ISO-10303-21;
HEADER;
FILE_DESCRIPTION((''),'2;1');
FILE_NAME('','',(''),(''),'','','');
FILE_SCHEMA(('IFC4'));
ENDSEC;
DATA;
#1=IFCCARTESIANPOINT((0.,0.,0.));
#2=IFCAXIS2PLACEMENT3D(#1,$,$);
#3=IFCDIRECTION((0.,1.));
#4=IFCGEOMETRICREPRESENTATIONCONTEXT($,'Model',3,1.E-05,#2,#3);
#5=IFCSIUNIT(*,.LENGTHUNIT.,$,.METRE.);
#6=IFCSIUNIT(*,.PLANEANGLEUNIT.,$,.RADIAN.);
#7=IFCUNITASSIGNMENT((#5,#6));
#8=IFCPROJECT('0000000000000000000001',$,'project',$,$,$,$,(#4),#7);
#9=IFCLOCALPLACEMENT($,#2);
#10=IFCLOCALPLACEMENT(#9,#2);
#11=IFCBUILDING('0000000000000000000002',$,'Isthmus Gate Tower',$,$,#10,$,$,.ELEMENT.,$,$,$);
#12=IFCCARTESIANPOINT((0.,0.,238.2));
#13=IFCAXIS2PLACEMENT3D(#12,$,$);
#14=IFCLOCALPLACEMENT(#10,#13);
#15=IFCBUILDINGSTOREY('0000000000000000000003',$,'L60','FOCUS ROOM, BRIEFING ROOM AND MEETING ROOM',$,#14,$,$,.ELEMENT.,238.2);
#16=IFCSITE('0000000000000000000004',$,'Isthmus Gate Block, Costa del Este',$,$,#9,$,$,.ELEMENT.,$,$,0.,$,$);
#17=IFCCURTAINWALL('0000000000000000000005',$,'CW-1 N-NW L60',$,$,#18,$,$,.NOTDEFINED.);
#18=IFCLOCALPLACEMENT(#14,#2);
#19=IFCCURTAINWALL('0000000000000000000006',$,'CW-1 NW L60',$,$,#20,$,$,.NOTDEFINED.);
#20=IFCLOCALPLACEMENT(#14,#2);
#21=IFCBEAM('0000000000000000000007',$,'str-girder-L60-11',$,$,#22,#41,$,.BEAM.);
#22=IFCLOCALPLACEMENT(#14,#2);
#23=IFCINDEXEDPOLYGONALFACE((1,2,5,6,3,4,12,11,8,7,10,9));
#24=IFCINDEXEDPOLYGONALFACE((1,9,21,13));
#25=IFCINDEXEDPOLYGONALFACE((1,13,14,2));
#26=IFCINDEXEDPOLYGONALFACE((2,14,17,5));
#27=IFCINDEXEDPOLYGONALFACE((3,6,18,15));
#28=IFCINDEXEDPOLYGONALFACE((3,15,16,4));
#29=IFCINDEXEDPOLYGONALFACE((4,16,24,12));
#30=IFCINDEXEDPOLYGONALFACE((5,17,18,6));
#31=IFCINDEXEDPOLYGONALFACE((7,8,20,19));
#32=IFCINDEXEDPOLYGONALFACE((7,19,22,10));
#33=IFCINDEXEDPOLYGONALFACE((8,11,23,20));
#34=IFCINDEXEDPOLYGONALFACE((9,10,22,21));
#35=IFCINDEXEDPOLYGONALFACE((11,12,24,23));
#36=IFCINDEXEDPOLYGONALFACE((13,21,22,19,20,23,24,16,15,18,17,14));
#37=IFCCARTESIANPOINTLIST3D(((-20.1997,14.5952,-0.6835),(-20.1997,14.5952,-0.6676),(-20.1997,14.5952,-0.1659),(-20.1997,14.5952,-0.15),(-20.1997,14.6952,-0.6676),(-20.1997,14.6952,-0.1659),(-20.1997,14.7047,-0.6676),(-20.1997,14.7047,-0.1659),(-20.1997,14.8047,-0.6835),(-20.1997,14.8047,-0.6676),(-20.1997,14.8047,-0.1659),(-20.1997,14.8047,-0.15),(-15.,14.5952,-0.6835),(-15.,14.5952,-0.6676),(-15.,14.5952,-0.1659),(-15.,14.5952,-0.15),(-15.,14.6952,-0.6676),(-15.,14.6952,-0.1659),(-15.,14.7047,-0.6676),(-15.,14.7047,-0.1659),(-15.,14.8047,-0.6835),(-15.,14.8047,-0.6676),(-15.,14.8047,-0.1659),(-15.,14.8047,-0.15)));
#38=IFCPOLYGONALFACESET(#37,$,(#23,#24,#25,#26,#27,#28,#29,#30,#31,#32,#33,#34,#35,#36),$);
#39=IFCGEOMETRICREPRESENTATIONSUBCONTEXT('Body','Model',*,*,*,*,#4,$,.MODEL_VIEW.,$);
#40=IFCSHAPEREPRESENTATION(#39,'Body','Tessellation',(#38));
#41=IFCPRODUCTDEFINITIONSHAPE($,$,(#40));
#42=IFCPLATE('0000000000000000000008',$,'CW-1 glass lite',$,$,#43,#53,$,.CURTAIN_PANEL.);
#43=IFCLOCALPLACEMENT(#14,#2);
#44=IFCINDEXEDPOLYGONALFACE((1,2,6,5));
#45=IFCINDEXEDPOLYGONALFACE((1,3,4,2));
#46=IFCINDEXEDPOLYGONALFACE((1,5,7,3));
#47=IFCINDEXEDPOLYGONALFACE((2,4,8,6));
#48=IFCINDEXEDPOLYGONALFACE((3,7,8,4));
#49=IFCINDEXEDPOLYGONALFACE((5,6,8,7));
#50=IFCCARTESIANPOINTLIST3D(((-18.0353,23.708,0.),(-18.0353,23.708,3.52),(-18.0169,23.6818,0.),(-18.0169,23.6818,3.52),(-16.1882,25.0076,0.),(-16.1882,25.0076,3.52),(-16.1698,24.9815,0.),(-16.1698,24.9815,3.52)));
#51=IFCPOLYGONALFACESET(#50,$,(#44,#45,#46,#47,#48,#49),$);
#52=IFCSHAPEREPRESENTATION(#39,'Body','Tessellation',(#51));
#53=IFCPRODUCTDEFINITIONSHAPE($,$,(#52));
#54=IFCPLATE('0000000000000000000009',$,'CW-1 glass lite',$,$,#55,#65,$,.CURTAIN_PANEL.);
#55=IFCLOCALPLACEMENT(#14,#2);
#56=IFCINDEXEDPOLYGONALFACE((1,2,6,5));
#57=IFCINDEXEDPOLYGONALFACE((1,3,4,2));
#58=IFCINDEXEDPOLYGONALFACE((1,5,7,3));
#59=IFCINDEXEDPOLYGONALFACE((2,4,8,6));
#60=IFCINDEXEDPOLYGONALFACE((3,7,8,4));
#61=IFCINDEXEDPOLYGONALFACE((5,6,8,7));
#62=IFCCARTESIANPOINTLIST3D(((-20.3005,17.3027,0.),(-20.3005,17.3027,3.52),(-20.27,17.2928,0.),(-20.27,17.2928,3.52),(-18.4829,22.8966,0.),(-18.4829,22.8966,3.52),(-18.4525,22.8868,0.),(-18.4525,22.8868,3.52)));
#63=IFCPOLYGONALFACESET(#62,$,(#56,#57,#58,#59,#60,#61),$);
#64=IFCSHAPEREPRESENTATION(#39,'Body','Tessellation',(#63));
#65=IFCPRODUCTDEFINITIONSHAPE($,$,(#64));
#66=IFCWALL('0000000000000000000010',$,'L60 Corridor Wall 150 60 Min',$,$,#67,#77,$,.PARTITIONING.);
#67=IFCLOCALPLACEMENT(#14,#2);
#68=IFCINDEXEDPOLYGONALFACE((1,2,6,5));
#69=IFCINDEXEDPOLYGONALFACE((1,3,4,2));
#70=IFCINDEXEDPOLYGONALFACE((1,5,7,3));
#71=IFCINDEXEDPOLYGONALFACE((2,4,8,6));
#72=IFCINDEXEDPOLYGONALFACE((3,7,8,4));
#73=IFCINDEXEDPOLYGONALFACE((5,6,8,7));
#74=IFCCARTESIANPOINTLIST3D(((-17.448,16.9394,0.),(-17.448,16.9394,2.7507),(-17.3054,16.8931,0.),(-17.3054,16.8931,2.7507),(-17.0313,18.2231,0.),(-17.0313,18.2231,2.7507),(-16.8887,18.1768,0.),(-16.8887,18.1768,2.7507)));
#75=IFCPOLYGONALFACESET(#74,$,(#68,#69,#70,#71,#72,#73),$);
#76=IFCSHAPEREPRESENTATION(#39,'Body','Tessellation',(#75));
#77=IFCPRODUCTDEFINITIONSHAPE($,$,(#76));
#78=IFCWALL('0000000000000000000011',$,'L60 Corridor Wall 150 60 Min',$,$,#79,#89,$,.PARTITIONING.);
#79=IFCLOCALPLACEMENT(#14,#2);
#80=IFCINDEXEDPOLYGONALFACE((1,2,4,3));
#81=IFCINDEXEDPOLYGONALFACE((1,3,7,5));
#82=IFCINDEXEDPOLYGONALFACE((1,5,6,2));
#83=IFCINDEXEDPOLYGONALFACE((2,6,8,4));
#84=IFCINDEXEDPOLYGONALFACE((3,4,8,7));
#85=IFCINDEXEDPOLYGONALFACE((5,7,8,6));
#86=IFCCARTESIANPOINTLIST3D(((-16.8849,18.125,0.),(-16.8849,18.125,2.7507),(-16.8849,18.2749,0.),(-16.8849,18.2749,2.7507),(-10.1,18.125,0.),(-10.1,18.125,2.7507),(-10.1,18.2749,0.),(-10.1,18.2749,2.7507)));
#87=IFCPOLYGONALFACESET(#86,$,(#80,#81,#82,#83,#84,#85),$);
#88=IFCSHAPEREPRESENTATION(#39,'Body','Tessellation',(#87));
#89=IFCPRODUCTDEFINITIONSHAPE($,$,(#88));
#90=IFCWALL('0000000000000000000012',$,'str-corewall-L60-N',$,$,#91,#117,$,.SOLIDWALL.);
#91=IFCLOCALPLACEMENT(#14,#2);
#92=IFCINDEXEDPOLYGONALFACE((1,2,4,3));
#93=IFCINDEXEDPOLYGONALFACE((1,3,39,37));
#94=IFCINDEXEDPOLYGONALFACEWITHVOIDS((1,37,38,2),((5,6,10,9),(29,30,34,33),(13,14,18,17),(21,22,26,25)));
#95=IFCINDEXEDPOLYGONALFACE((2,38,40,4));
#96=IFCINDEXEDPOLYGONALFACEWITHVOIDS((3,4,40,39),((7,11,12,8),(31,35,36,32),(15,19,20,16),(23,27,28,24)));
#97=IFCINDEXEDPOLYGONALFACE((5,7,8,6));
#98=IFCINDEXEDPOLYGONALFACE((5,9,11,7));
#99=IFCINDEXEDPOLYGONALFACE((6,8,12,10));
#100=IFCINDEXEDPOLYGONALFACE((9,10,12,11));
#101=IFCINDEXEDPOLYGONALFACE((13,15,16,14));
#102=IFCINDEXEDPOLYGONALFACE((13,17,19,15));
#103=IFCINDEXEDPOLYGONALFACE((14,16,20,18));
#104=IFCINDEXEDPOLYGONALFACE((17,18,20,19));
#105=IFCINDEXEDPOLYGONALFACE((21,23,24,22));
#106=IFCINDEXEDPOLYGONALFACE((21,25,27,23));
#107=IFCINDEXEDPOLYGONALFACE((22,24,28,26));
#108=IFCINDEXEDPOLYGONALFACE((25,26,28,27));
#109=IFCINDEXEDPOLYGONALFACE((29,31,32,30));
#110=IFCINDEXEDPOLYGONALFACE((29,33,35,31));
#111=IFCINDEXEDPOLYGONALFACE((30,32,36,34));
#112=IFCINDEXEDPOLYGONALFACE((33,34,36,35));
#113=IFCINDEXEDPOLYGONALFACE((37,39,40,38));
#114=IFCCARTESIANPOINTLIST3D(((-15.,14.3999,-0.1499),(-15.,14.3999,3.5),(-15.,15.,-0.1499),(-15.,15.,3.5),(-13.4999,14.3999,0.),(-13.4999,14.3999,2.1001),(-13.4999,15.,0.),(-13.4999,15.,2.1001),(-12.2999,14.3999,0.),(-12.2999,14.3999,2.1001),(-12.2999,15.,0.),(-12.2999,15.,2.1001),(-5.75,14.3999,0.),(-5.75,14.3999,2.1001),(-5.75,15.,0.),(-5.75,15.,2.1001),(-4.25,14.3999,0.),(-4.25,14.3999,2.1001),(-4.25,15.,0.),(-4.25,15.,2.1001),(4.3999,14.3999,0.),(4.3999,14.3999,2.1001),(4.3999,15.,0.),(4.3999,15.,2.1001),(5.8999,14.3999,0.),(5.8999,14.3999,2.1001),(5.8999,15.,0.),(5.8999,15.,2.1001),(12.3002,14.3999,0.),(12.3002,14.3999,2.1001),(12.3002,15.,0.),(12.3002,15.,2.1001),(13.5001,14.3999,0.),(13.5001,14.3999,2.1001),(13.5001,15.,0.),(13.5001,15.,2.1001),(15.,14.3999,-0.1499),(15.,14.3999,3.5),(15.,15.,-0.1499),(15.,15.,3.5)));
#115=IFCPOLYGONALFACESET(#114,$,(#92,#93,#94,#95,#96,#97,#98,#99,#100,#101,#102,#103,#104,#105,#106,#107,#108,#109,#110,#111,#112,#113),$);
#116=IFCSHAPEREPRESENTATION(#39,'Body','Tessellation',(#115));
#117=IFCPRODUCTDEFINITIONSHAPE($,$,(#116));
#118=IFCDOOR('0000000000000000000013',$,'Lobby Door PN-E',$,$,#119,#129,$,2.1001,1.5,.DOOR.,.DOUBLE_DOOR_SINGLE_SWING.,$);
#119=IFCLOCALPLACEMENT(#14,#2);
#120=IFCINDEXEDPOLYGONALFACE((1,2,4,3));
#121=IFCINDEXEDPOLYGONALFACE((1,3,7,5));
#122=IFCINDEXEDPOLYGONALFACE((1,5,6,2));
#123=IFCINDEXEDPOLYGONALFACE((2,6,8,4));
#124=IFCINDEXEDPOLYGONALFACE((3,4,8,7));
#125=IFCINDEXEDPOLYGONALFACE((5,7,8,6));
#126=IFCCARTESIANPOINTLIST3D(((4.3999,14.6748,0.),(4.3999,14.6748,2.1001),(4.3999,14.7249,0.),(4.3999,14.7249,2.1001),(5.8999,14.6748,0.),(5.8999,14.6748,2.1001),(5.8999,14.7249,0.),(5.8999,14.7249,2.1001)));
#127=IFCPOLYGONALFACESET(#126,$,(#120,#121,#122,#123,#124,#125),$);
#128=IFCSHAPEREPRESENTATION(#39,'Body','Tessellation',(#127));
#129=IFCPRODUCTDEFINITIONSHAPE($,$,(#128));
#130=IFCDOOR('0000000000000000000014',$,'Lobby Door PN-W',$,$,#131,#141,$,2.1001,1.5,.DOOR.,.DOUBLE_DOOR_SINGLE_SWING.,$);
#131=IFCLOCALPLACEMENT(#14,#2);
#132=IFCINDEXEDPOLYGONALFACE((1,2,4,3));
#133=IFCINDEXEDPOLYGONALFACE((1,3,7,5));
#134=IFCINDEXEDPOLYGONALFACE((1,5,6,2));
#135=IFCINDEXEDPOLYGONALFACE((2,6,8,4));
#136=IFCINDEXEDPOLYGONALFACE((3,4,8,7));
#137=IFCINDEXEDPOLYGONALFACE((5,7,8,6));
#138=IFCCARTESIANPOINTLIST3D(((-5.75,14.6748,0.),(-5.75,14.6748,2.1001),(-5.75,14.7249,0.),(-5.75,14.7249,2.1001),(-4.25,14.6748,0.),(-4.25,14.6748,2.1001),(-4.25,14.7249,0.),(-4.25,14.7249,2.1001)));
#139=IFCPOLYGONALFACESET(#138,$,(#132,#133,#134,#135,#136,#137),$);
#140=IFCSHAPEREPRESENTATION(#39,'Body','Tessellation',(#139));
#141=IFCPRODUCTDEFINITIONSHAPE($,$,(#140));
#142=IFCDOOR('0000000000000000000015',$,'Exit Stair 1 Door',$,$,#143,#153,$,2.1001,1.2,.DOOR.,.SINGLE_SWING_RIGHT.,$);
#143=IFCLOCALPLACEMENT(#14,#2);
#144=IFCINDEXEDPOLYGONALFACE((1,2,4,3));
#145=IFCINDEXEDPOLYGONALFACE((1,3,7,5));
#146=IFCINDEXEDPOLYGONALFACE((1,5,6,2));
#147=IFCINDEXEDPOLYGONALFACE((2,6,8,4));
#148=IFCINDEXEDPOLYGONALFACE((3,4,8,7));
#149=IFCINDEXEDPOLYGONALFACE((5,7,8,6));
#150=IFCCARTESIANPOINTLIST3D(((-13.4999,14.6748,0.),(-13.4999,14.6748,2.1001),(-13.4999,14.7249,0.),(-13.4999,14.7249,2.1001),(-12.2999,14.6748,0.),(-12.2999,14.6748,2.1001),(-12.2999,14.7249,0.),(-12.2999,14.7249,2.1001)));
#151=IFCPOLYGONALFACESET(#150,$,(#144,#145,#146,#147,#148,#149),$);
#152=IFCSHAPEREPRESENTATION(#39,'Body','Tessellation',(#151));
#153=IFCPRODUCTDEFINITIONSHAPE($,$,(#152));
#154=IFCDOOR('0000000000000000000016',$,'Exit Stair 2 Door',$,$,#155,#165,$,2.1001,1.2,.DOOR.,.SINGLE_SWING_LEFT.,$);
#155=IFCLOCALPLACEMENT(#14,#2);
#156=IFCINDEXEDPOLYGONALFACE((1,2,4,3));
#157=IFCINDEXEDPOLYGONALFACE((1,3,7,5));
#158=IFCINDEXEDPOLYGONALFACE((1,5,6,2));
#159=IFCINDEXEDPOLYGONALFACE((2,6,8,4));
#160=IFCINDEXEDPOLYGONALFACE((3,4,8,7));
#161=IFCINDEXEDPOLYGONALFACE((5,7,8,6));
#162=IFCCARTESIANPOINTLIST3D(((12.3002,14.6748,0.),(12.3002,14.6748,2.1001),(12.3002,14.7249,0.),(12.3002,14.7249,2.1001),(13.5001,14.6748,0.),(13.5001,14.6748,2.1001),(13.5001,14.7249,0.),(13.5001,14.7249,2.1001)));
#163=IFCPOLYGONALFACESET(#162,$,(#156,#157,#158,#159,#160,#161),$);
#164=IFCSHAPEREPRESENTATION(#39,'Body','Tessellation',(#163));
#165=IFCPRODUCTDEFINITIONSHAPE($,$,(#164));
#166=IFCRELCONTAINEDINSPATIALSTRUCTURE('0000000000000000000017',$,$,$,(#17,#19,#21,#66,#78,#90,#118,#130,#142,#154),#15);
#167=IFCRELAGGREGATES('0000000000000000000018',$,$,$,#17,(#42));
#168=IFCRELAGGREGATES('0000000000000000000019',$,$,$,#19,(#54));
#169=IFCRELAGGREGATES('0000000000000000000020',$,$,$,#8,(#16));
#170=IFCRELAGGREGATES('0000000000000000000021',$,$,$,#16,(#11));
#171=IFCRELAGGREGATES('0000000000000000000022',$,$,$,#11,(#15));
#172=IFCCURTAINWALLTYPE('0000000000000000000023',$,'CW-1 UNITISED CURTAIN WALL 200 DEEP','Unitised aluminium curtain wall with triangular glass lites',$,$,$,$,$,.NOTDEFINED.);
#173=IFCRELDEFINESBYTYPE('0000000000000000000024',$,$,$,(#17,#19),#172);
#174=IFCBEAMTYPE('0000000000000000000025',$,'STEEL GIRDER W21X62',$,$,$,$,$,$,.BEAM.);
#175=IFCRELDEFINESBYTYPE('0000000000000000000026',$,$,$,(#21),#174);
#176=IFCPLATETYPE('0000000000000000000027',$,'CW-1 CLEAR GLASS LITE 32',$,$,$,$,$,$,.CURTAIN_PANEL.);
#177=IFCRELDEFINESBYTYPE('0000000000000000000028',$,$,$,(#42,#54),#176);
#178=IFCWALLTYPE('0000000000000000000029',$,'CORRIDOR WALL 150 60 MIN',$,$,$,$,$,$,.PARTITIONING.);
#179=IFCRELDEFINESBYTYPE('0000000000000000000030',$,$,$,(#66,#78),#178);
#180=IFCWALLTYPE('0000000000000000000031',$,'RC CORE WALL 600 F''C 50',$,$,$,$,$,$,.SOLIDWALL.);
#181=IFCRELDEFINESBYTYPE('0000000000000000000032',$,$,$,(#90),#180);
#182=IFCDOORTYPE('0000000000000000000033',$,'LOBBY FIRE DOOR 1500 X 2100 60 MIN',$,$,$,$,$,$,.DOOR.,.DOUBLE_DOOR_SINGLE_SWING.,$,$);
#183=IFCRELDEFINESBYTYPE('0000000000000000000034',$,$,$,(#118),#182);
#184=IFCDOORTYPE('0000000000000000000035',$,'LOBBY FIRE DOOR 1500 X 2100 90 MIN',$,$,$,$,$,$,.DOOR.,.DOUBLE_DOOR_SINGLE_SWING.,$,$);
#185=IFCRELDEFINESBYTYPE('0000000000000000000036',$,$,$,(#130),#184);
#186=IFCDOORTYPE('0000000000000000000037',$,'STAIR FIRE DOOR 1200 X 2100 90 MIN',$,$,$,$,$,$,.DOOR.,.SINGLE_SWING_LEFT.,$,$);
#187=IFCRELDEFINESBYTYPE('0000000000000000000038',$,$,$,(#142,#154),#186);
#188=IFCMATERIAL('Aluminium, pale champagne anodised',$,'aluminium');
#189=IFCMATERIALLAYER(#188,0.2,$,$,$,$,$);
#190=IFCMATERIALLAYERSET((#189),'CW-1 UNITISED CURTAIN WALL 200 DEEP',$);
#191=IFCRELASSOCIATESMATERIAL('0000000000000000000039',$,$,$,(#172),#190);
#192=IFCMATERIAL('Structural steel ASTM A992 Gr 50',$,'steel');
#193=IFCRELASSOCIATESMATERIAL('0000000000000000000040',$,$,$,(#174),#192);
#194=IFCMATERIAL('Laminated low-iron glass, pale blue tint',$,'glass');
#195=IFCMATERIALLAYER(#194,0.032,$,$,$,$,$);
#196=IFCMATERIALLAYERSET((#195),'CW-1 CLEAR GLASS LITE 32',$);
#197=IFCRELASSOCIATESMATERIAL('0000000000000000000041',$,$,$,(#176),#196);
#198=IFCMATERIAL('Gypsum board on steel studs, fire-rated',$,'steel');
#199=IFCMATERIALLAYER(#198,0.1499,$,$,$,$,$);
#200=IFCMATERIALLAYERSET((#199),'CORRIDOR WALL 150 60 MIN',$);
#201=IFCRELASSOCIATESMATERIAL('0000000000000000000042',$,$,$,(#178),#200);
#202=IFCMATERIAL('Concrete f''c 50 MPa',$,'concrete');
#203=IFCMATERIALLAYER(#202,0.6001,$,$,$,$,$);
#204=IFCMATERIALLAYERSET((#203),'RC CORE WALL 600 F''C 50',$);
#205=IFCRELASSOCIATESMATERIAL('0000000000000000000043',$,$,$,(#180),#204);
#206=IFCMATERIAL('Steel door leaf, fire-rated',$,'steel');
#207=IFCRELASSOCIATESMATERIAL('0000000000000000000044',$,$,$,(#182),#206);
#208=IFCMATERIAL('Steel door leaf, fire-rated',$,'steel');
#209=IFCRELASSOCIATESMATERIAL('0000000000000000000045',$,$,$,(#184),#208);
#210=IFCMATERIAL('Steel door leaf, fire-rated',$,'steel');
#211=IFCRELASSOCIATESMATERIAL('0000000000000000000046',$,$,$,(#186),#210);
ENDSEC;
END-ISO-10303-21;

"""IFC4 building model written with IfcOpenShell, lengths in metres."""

from ifc_helpers import new_model, si_unit, direction, frame, frame_2d, origin, origin_2d, place, context, subcontext, project, spatial, rectangle, i_section, extrude, material, layer, layer_set, material_profile, profile_set, type_object, element, fill, aggregate, save


model = new_model("IFC4")

# Units and contexts
model_context = context("Model", 3, precision=1e-05, world=origin(), true_north=direction((0.0, 1.0)))
body_context = subcontext(model_context, "Body", "Model", "MODEL_VIEW")
ifc_project = project(units=[si_unit("LENGTHUNIT", "METRE"), si_unit("PLANEANGLEUNIT", "RADIAN")], contexts=[model_context])

# Site, building, storey
site_placement = place(None, origin())
site = spatial("IfcSite", under=ifc_project, at=site_placement, Name="Isthmus Gate Block, Costa del Este", CompositionType="ELEMENT", RefElevation=0.0)
building_placement = place(site_placement, origin())
building = spatial("IfcBuilding", under=site, at=building_placement, Name="Isthmus Gate Tower", CompositionType="ELEMENT")
storey_placement = place(building_placement, frame((0.0, 0.0, 238.2)))
storey = spatial("IfcBuildingStorey", under=building, at=storey_placement, Name="L60", Description="FOCUS ROOM, BRIEFING ROOM AND MEETING ROOM", CompositionType="ELEMENT", Elevation=238.2)

# Curtain walls
ifc_material_1 = material(Name="Aluminium, pale champagne anodised", Category="aluminium")
ifc_layer_1 = layer(ifc_material_1, 0.2)
ifc_layer_set_1 = layer_set([ifc_layer_1], Name="CW-1 UNITISED CURTAIN WALL 200 DEEP")
curtain_wall_type = type_object("IfcCurtainWallType", Name="CW-1 UNITISED CURTAIN WALL 200 DEEP", Description="Unitised aluminium curtain wall with triangular glass lites", PredefinedType="NOTDEFINED", material=ifc_layer_set_1)
curtain_wall_1_placement = place(storey_placement, origin())
curtain_wall_1 = element("IfcCurtainWall", 1, at=curtain_wall_1_placement, inside=storey, type_object=curtain_wall_type, Name="CW-1 N-NW L60", PredefinedType="NOTDEFINED")
curtain_wall_2_placement = place(storey_placement, origin())
curtain_wall_2 = element("IfcCurtainWall", 2, at=curtain_wall_2_placement, inside=storey, type_object=curtain_wall_type, Name="CW-1 NW L60", PredefinedType="NOTDEFINED")

# Beam
ifc_material_2 = material(Name="Structural steel ASTM A992 Gr 50", Category="steel")
ifc_material_profile_1 = material_profile(ifc_material_2, i_section(OverallWidth=0.2095, OverallDepth=0.5334, WebThickness=0.0095, FlangeThickness=0.0159, at=origin_2d()), Name="W21X62")
ifc_profile_set_1 = profile_set([ifc_material_profile_1], Name="Structural steel ASTM A992 Gr 50")
beam_type_1 = type_object("IfcBeamType", Name="STEEL GIRDER W21X62", PredefinedType="BEAM", material=ifc_profile_set_1)
beam_1_placement = place(storey_placement, frame((-15.0, 14.7, -0.4167), z_axis=(-1.0, 0.0, 0.0), x_axis=(0.0, -1.0, 0.0)))
element("IfcBeam", 3, at=beam_1_placement, inside=storey, type_object=beam_type_1, Name="str-girder-L60-11", PredefinedType="BEAM", context=body_context, shape_type="SweptSolid", body=[
    extrude(i_section(OverallWidth=0.2095, OverallDepth=0.5334, WebThickness=0.0095, FlangeThickness=0.0159, at=origin_2d()), origin(), (0.0, 0.0, 1.0), 5.1997),
])

# Plates
ifc_material_3 = material(Name="Laminated low-iron glass, pale blue tint", Category="glass")
ifc_layer_2 = layer(ifc_material_3, 0.032)
ifc_layer_set_2 = layer_set([ifc_layer_2], Name="CW-1 CLEAR GLASS LITE 32")
plate_type = type_object("IfcPlateType", Name="CW-1 CLEAR GLASS LITE 32", PredefinedType="CURTAIN_PANEL", material=ifc_layer_set_2)
plate_1_placement = place(storey_placement, frame((-17.1025, 24.3447, 0.0), z_axis=(0.0, 0.0, 1.0), x_axis=(-0.81786, -0.575418, 0.0)))
plate_1 = element("IfcPlate", 4, at=plate_1_placement, type_object=plate_type, Name="CW-1 glass lite", PredefinedType="CURTAIN_PANEL", context=body_context, shape_type="SweptSolid", body=[
    extrude(rectangle(XDim=2.2585, YDim=0.032, at=origin_2d()), origin(), (0.0, 0.0, 1.0), 3.52),
])
aggregate(curtain_wall_1, [plate_1])
plate_2_placement = place(storey_placement, frame((-19.3765, 20.0947, 0.0), z_axis=(0.0, 0.0, 1.0), x_axis=(-0.309017, -0.951057, 0.0)))
plate_2 = element("IfcPlate", 5, at=plate_2_placement, type_object=plate_type, Name="CW-1 glass lite", PredefinedType="CURTAIN_PANEL", context=body_context, shape_type="SweptSolid", body=[
    extrude(rectangle(XDim=5.8818, YDim=0.032, at=origin_2d()), origin(), (0.0, 0.0, 1.0), 3.52),
])

# Walls
ifc_material_4 = material(Name="Gypsum board on steel studs, fire-rated", Category="steel")
ifc_layer_3 = layer(ifc_material_4, 0.1499)
ifc_layer_set_3 = layer_set([ifc_layer_3], Name="CORRIDOR WALL 150 60 MIN")
wall_type_1 = type_object("IfcWallType", Name="CORRIDOR WALL 150 60 MIN", PredefinedType="PARTITIONING", material=ifc_layer_set_3)
wall_1_placement = place(storey_placement, frame((-17.3767, 16.9163, 0.0), z_axis=(0.0, 0.0, 1.0), x_axis=(0.308783, 0.951132, 0.0)))
element("IfcWall", 6, at=wall_1_placement, inside=storey, type_object=wall_type_1, Name="L60 Corridor Wall 150 60 Min", PredefinedType="PARTITIONING", context=body_context, shape_type="SweptSolid", body=[
    extrude(rectangle(XDim=1.3496, YDim=0.1499, at=frame_2d((0.6748, 0.0))), origin(), (0.0, 0.0, 1.0), 2.7507),
])
wall_2_placement = place(storey_placement, frame((-16.885, 18.2, 0.0), z_axis=(0.0, 0.0, 1.0), x_axis=(1.0, 0.0, 0.0)))
element("IfcWall", 7, at=wall_2_placement, inside=storey, type_object=wall_type_1, Name="L60 Corridor Wall 150 60 Min", PredefinedType="PARTITIONING", context=body_context, shape_type="SweptSolid", body=[
    extrude(rectangle(XDim=6.7849, YDim=0.1499, at=frame_2d((3.3926, 0.0))), origin(), (0.0, 0.0, 1.0), 2.7507),
])

# Wall, openings, doors
ifc_material_5 = material(Name="Concrete f'c 50 MPa", Category="concrete")
ifc_layer_4 = layer(ifc_material_5, 0.6001)
ifc_layer_set_4 = layer_set([ifc_layer_4], Name="RC CORE WALL 600 F'C 50")
wall_type_2 = type_object("IfcWallType", Name="RC CORE WALL 600 F'C 50", PredefinedType="SOLIDWALL", material=ifc_layer_set_4)
wall_3_placement = place(storey_placement, frame((-15.0, 14.7, -0.1499), z_axis=(0.0, 0.0, 1.0), x_axis=(1.0, 0.0, 0.0)))
wall_3 = element("IfcWall", 8, at=wall_3_placement, inside=storey, type_object=wall_type_2, Name="str-corewall-L60-N", PredefinedType="SOLIDWALL", context=body_context, shape_type="SweptSolid", body=[
    extrude(rectangle(XDim=30.0, YDim=0.6001, at=frame_2d((15.0, 0.0))), origin(), (0.0, 0.0, 1.0), 3.6499),
])
opening_1_placement = place(wall_3_placement, frame((9.25, 0.0, 0.1499)))
opening_1 = element("IfcOpeningElement", 9, at=opening_1_placement, cuts=wall_3, PredefinedType="OPENING", context=body_context, shape_type="SweptSolid", body=[
    extrude(rectangle(XDim=1.5, YDim=2.1001, at=frame_2d((0.75, 1.05))), frame((0.0, 0.3101, 0.0), z_axis=(0.0, -1.0, 0.0), x_axis=(1.0, 0.0, 0.0)), (0.0, 0.0, 1.0), 0.6201),
])
opening_2_placement = place(wall_3_placement, frame((19.3999, 0.0, 0.1499)))
opening_2 = element("IfcOpeningElement", 10, at=opening_2_placement, cuts=wall_3, PredefinedType="OPENING", context=body_context, shape_type="SweptSolid", body=[
    extrude(rectangle(XDim=1.5, YDim=2.1001, at=frame_2d((0.75, 1.05))), frame((0.0, 0.3101, 0.0), z_axis=(0.0, -1.0, 0.0), x_axis=(1.0, 0.0, 0.0)), (0.0, 0.0, 1.0), 0.6201),
])
opening_3_placement = place(wall_3_placement, frame((1.5, 0.0, 0.1499)))
opening_3 = element("IfcOpeningElement", 11, at=opening_3_placement, cuts=wall_3, PredefinedType="OPENING", context=body_context, shape_type="SweptSolid", body=[
    extrude(rectangle(XDim=1.2, YDim=2.1001, at=frame_2d((0.6001, 1.05))), frame((0.0, 0.3101, 0.0), z_axis=(0.0, -1.0, 0.0), x_axis=(1.0, 0.0, 0.0)), (0.0, 0.0, 1.0), 0.6201),
])
opening_4_placement = place(wall_3_placement, frame((27.3, 0.0, 0.1499)))
opening_4 = element("IfcOpeningElement", 12, at=opening_4_placement, cuts=wall_3, PredefinedType="OPENING", context=body_context, shape_type="SweptSolid", body=[
    extrude(rectangle(XDim=1.2, YDim=2.1001, at=frame_2d((0.6001, 1.05))), frame((0.0, 0.3101, 0.0), z_axis=(0.0, -1.0, 0.0), x_axis=(1.0, 0.0, 0.0)), (0.0, 0.0, 1.0), 0.6201),
])
ifc_material_6 = material(Name="Steel door leaf, fire-rated", Category="steel")
door_type_1 = type_object("IfcDoorType", Name="LOBBY FIRE DOOR 1500 X 2100 60 MIN", OperationType="DOUBLE_DOOR_SINGLE_SWING", PredefinedType="DOOR", material=ifc_material_6)
door_1_placement = place(opening_2_placement, origin())
door_1 = element("IfcDoor", 13, at=door_1_placement, inside=storey, type_object=door_type_1, Name="Lobby Door PN-E", OperationType="DOUBLE_DOOR_SINGLE_SWING", OverallHeight=2.1001, OverallWidth=1.5, PredefinedType="DOOR", context=body_context, shape_type="SweptSolid", body=[
    extrude(rectangle(XDim=1.5, YDim=2.1001, at=frame_2d((0.75, 1.05))), frame((0.0, 0.0249, 0.0), z_axis=(0.0, -1.0, 0.0), x_axis=(1.0, 0.0, 0.0)), (0.0, 0.0, 1.0), 0.05),
])
fill(opening_2, door_1)
ifc_material_7 = material(Name="Steel door leaf, fire-rated", Category="steel")
door_type_2 = type_object("IfcDoorType", Name="LOBBY FIRE DOOR 1500 X 2100 90 MIN", OperationType="DOUBLE_DOOR_SINGLE_SWING", PredefinedType="DOOR", material=ifc_material_7)
door_2_placement = place(opening_1_placement, origin())
door_2 = element("IfcDoor", 14, at=door_2_placement, inside=storey, type_object=door_type_2, Name="Lobby Door PN-W", OperationType="DOUBLE_DOOR_SINGLE_SWING", OverallHeight=2.1001, OverallWidth=1.5, PredefinedType="DOOR", context=body_context, shape_type="SweptSolid", body=[
    extrude(rectangle(XDim=1.5, YDim=2.1001, at=frame_2d((0.75, 1.05))), frame((0.0, 0.0249, 0.0), z_axis=(0.0, -1.0, 0.0), x_axis=(1.0, 0.0, 0.0)), (0.0, 0.0, 1.0), 0.05),
])
fill(opening_1, door_2)
ifc_material_8 = material(Name="Steel door leaf, fire-rated", Category="steel")
door_type_3 = type_object("IfcDoorType", Name="STAIR FIRE DOOR 1200 X 2100 90 MIN", OperationType="SINGLE_SWING_LEFT", PredefinedType="DOOR", material=ifc_material_8)
door_3_placement = place(opening_3_placement, origin())
door_3 = element("IfcDoor", 15, at=door_3_placement, inside=storey, type_object=door_type_3, Name="Exit Stair 1 Door", OperationType="SINGLE_SWING_RIGHT", OverallHeight=2.1001, OverallWidth=1.2, PredefinedType="DOOR", context=body_context, shape_type="SweptSolid", body=[
    extrude(rectangle(XDim=1.2, YDim=2.1001, at=frame_2d((0.6001, 1.05))), frame((0.0, 0.0249, 0.0), z_axis=(0.0, -1.0, 0.0), x_axis=(1.0, 0.0, 0.0)), (0.0, 0.0, 1.0), 0.05),
])
fill(opening_3, door_3)
door_4_placement = place(opening_4_placement, origin())
door_4 = element("IfcDoor", 16, at=door_4_placement, inside=storey, type_object=door_type_3, Name="Exit Stair 2 Door", OperationType="SINGLE_SWING_LEFT", OverallHeight=2.1001, OverallWidth=1.2, PredefinedType="DOOR", context=body_context, shape_type="SweptSolid", body=[
    extrude(rectangle(XDim=1.2, YDim=2.1001, at=frame_2d((0.6001, 1.05))), frame((0.0, 0.0249, 0.0), z_axis=(0.0, -1.0, 0.0), x_axis=(1.0, 0.0, 0.0)), (0.0, 0.0, 1.0), 0.05),
])
fill(opening_4, door_4)

aggregate(curtain_wall_2, [plate_2])

save(model, "model.ifc")
